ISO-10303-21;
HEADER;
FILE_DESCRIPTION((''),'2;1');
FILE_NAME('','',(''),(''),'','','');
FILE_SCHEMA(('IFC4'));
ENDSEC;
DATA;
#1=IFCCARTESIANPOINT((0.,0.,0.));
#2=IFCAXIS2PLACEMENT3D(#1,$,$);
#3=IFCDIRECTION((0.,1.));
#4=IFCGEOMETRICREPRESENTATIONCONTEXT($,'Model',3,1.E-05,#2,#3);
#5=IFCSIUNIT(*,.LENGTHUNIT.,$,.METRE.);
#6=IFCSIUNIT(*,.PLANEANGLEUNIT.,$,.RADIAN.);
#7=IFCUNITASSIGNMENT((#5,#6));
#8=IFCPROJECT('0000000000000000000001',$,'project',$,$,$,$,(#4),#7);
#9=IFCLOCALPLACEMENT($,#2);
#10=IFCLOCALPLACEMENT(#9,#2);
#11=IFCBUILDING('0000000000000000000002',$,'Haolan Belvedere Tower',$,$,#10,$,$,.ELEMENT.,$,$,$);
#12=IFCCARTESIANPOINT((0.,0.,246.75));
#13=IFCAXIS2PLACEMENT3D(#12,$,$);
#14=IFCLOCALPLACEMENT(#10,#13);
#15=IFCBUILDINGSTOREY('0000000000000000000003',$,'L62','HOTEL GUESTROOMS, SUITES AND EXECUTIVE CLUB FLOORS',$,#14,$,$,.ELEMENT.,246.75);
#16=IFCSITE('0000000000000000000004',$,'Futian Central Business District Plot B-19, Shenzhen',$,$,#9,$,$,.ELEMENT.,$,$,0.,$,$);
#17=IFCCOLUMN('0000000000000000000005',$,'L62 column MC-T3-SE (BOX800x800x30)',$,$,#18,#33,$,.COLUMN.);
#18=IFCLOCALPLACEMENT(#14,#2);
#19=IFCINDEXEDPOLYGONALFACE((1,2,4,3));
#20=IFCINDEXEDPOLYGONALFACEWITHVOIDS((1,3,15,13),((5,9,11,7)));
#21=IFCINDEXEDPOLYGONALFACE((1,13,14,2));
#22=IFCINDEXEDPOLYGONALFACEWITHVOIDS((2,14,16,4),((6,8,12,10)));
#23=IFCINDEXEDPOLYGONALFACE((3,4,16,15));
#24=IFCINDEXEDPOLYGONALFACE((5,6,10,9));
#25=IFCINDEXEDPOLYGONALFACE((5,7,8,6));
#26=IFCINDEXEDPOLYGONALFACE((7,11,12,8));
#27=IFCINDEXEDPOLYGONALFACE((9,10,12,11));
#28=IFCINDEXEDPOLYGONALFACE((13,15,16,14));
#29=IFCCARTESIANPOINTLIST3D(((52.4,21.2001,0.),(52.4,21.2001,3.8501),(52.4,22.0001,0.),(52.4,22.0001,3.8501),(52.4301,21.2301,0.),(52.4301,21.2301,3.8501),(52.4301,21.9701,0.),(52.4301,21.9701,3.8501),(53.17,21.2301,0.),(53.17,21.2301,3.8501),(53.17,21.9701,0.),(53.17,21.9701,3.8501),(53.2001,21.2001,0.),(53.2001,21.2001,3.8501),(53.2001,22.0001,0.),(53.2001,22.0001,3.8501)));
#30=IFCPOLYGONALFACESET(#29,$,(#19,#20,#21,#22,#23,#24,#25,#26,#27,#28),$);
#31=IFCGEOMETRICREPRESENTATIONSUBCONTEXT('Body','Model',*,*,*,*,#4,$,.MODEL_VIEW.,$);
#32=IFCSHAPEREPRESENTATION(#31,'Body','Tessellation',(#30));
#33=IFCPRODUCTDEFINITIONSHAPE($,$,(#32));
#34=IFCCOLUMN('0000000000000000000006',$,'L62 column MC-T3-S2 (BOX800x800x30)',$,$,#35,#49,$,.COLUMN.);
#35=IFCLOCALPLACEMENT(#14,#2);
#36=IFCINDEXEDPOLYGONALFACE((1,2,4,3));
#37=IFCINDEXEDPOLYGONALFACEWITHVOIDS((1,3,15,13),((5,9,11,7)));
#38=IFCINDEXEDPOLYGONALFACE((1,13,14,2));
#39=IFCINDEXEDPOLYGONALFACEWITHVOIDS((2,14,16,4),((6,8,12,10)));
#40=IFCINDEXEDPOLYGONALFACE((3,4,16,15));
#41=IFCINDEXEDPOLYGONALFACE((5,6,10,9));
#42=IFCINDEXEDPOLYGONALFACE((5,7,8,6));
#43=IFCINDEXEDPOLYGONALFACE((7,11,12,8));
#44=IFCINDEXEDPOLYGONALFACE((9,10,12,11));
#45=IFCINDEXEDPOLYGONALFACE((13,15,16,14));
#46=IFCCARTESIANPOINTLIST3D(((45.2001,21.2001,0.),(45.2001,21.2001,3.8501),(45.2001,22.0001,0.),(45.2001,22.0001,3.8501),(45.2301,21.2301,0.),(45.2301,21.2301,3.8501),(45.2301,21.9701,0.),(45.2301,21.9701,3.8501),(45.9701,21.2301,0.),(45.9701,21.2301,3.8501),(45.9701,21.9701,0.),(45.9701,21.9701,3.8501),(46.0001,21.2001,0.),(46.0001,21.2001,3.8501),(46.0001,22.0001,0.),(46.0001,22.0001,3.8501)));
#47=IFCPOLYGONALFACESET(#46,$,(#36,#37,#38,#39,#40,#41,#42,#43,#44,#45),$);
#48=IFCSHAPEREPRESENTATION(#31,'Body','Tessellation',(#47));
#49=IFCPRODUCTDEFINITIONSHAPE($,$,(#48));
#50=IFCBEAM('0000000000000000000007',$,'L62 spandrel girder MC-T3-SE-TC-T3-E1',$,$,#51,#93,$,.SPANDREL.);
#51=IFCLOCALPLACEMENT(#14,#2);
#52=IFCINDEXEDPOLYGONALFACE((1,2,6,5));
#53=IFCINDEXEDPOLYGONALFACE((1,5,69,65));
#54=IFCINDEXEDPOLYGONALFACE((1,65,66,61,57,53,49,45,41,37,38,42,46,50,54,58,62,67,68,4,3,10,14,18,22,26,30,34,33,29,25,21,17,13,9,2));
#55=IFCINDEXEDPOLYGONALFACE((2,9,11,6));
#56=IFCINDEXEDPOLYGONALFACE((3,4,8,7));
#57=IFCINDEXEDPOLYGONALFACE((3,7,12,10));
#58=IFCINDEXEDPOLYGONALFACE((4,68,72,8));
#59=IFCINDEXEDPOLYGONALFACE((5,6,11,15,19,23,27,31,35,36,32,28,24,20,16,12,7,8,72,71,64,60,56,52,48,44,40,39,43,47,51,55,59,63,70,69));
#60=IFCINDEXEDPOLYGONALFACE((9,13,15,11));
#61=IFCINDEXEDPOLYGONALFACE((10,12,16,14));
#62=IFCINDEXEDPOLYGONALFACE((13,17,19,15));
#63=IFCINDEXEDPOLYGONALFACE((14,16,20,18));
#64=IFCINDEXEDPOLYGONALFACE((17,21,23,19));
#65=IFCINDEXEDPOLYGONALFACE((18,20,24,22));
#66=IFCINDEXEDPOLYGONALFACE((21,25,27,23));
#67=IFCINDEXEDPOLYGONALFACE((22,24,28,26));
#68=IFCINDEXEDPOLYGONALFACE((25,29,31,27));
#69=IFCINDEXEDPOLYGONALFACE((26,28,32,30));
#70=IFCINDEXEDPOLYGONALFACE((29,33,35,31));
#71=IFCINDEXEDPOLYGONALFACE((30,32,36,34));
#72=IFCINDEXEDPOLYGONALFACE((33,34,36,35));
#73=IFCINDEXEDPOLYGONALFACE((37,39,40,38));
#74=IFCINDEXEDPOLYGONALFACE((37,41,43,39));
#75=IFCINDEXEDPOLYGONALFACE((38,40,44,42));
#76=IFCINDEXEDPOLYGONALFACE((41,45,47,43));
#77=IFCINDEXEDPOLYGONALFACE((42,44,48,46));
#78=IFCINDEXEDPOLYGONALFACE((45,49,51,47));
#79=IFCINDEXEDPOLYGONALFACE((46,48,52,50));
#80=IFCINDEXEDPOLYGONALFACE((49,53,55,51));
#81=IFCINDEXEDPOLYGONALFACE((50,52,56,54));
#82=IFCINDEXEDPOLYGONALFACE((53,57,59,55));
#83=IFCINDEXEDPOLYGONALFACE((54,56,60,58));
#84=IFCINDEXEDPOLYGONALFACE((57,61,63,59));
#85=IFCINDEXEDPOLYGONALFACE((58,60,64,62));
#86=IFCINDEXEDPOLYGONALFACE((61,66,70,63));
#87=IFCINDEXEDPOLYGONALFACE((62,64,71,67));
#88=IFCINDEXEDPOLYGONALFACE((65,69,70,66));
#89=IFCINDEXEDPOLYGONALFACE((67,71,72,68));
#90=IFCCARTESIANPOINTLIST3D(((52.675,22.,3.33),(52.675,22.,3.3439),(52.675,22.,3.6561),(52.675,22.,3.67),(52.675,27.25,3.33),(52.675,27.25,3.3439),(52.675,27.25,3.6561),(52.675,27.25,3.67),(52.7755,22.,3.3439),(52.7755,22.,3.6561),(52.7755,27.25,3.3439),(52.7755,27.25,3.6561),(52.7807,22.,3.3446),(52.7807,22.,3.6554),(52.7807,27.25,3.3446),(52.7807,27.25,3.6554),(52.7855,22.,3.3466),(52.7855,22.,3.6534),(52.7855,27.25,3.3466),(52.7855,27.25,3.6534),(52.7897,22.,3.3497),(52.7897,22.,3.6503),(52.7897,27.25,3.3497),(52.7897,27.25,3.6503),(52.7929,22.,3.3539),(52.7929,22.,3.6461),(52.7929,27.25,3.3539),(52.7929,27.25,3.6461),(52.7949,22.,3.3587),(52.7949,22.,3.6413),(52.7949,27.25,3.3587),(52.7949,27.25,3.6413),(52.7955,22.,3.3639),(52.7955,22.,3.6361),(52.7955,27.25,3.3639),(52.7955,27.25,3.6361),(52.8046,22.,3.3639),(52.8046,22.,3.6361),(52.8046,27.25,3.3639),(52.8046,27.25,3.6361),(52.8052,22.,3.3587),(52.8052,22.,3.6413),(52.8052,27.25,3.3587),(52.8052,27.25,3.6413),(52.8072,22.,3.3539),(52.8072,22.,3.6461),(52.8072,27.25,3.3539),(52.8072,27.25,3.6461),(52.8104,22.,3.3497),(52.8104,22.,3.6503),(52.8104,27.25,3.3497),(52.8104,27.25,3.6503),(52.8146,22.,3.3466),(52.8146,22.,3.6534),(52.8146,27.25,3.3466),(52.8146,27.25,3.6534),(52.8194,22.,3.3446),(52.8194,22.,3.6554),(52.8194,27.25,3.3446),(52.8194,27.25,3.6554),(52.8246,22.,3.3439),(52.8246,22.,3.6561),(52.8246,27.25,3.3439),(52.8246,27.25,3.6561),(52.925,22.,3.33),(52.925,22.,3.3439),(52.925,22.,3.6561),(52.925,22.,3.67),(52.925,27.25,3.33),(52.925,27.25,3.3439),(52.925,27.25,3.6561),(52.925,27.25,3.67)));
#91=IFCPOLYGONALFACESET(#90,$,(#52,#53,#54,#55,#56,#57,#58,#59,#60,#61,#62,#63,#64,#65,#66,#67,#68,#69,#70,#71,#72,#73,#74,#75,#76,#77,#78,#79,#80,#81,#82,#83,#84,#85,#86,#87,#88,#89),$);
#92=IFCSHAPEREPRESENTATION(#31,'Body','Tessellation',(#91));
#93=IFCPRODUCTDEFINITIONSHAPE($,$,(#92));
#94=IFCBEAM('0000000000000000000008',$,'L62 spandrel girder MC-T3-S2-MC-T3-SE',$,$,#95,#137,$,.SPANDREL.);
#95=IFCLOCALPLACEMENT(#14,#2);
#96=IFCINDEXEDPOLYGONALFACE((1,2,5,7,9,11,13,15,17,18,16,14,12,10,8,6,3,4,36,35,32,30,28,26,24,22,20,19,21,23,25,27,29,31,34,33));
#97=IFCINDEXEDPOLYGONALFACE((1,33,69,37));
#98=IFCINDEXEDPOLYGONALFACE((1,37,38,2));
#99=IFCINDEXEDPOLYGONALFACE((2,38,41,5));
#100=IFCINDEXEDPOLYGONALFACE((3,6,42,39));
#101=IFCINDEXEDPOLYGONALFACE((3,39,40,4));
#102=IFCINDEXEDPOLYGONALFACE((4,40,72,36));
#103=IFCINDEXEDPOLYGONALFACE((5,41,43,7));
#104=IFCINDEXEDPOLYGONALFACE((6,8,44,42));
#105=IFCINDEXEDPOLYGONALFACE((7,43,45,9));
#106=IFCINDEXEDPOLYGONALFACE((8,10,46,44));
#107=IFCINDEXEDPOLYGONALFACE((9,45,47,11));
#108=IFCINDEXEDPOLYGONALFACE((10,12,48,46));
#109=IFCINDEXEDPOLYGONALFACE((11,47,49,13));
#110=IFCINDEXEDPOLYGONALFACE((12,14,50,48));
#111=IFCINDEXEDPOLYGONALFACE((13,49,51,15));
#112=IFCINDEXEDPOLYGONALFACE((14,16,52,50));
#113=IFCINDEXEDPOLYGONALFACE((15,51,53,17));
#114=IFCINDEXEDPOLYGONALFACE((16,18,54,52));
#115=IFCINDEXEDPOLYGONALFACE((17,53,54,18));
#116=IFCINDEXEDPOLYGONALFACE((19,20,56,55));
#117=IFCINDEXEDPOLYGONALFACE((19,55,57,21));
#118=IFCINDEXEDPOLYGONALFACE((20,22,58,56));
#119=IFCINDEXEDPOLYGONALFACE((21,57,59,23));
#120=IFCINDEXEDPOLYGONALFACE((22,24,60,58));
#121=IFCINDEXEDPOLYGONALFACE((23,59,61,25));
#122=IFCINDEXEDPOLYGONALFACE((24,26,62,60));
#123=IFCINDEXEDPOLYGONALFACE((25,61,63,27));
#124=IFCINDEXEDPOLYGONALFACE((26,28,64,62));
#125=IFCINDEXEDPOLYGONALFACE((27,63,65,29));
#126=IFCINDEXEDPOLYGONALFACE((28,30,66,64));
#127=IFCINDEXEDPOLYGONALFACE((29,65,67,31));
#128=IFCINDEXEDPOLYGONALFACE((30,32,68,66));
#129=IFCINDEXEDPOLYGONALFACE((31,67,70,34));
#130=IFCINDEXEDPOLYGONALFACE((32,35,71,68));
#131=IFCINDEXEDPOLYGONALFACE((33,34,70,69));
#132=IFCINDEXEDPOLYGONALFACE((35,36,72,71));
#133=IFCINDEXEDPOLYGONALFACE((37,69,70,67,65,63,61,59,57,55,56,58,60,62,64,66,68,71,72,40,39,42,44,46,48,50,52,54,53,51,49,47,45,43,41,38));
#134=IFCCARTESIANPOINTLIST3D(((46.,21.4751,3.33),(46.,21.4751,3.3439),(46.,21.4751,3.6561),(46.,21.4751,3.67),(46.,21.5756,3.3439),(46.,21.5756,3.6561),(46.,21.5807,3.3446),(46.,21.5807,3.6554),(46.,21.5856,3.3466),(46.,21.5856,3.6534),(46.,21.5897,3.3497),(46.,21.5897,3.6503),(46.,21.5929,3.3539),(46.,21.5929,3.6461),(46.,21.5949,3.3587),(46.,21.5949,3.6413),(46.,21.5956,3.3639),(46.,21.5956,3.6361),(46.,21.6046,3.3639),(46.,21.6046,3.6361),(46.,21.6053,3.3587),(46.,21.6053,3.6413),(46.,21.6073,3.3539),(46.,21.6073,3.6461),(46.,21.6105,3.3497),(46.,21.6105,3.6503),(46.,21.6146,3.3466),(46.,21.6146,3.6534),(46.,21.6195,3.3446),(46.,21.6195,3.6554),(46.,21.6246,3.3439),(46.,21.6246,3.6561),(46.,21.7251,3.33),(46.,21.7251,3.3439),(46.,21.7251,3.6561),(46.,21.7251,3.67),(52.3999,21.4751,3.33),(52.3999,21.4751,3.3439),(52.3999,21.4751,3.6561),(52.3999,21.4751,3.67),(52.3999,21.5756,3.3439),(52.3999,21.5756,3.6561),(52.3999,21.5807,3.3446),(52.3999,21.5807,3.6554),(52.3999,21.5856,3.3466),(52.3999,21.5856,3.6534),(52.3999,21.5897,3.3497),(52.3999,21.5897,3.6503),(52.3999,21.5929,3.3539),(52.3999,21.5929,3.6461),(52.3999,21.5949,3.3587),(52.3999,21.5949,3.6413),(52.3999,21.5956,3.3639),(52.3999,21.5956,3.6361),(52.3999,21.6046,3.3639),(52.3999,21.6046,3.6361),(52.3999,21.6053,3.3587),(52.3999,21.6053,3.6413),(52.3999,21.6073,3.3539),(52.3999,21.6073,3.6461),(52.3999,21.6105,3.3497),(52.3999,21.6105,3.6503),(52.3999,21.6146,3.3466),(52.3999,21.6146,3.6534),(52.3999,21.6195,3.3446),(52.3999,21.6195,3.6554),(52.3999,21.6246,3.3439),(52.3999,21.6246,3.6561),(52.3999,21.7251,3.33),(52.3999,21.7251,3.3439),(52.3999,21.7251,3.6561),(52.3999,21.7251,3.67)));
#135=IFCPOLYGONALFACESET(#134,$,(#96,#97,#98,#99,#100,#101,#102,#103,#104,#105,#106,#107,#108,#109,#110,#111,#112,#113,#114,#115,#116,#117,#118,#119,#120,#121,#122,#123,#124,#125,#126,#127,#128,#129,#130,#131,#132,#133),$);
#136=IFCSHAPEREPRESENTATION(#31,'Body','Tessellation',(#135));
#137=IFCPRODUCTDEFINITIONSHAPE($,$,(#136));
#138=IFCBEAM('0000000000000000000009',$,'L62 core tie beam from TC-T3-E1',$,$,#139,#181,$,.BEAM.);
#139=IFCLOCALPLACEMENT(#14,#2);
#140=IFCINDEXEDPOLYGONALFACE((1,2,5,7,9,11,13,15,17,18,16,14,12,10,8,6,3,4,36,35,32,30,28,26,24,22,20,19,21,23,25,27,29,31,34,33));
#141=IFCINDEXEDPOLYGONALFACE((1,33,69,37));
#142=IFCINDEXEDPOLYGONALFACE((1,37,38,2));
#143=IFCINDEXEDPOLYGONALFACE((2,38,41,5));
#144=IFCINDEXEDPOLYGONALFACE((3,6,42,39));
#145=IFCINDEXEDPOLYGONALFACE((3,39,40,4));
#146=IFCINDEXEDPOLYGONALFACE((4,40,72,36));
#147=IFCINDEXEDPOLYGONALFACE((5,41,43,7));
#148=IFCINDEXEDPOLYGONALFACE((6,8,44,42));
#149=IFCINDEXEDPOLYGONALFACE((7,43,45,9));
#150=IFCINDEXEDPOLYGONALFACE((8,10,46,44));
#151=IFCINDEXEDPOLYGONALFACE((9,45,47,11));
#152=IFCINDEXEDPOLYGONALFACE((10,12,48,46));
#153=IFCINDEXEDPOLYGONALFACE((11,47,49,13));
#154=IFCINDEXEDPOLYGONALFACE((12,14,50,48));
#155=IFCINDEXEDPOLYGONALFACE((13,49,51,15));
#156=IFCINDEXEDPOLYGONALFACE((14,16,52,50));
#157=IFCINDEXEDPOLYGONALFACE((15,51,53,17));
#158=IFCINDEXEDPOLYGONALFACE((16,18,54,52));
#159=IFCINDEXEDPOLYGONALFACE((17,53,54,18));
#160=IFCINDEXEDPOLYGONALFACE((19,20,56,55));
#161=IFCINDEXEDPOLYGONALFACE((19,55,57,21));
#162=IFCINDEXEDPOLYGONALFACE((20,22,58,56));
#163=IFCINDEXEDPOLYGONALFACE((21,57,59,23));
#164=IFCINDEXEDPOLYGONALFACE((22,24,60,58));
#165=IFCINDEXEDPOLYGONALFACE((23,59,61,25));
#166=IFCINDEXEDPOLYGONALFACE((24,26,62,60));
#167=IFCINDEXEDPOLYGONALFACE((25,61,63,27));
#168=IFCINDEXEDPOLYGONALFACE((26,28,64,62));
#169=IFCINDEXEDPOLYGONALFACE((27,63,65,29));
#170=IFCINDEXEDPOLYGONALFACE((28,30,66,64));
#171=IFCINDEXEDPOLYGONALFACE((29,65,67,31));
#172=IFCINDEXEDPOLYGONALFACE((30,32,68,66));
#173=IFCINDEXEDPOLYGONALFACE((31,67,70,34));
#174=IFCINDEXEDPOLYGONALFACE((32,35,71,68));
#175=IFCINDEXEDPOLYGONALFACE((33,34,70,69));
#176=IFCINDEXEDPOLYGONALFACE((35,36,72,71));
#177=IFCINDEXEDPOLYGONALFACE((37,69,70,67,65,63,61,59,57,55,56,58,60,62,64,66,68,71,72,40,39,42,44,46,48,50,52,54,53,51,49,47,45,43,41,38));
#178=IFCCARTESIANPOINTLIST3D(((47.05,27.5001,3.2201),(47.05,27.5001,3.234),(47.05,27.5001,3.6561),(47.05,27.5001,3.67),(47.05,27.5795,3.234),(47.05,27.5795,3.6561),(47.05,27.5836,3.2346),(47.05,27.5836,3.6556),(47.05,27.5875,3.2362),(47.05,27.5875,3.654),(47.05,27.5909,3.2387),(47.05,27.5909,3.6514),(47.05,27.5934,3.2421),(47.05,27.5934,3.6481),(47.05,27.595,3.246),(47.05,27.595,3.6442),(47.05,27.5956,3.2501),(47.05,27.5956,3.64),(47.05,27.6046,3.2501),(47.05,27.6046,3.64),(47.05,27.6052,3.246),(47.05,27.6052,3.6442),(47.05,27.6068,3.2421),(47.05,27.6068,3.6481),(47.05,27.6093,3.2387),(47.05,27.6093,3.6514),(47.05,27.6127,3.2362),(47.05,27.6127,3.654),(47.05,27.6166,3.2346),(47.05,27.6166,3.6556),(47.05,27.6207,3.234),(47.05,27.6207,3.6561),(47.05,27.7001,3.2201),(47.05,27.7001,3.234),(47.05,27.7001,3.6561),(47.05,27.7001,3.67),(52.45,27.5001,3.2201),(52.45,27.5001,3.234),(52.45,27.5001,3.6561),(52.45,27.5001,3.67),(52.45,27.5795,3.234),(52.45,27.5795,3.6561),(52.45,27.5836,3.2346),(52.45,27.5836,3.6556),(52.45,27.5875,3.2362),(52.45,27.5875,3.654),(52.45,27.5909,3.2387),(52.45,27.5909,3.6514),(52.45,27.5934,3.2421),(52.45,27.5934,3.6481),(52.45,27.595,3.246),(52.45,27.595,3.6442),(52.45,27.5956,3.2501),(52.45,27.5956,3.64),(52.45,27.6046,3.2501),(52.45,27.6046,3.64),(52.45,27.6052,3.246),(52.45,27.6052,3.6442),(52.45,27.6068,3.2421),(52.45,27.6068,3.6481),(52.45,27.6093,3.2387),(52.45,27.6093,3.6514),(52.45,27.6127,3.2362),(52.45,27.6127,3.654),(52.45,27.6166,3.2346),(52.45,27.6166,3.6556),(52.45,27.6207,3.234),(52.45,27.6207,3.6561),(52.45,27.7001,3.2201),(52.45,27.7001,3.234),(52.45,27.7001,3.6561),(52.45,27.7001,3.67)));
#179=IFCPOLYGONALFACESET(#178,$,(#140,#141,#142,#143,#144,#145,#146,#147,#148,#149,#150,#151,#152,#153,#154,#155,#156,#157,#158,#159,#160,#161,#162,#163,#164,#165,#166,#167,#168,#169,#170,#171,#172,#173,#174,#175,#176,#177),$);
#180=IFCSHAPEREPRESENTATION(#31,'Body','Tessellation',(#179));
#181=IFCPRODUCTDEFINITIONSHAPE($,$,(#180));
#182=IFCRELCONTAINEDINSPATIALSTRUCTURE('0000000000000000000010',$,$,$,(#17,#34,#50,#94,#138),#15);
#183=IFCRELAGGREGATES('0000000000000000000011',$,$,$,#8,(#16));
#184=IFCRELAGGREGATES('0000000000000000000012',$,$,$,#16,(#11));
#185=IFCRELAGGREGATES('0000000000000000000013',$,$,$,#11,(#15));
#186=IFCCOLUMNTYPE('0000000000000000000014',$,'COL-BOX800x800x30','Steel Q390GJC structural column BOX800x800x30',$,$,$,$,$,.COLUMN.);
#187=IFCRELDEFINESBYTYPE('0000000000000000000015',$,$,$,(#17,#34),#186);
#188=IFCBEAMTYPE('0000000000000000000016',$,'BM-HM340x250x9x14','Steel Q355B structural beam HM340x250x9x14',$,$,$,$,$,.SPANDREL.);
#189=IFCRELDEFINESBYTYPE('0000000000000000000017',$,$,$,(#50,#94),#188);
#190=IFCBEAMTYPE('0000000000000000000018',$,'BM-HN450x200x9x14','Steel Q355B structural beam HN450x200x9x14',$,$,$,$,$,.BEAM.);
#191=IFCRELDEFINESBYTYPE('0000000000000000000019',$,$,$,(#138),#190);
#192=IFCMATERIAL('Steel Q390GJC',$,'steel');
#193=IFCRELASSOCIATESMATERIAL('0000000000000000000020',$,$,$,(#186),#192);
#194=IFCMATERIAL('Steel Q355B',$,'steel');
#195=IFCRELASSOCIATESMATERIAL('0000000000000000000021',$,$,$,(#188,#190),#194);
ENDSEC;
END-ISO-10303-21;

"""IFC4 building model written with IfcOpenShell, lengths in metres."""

from ifc_helpers import new_model, si_unit, direction, frame, origin, origin_2d, place, context, subcontext, project, spatial, hollow_rectangle, i_section, extrude, material, material_profile, profile_set, type_object, element, save


model = new_model("IFC4")

# Units and contexts
model_context = context("Model", 3, precision=1e-05, world=origin(), true_north=direction((0.0, 1.0)))
body_context = subcontext(model_context, "Body", "Model", "MODEL_VIEW")
ifc_project = project(units=[si_unit("LENGTHUNIT", "METRE"), si_unit("PLANEANGLEUNIT", "RADIAN")], contexts=[model_context])

# Site, building, storey
site_placement = place(None, origin())
site = spatial("IfcSite", under=ifc_project, at=site_placement, Name="Futian Central Business District Plot B-19, Shenzhen", CompositionType="ELEMENT", RefElevation=0.0)
building_placement = place(site_placement, origin())
building = spatial("IfcBuilding", under=site, at=building_placement, Name="Haolan Belvedere Tower", CompositionType="ELEMENT")
storey_placement = place(building_placement, frame((0.0, 0.0, 246.75)))
storey = spatial("IfcBuildingStorey", under=building, at=storey_placement, Name="L62", Description="HOTEL GUESTROOMS, SUITES AND EXECUTIVE CLUB FLOORS", CompositionType="ELEMENT", Elevation=246.75)

# Columns
ifc_material_1 = material(Name="Steel Q390GJC", Category="steel")
ifc_material_profile_1 = material_profile(ifc_material_1, hollow_rectangle(XDim=0.8, YDim=0.8, WallThickness=0.03, at=origin_2d()), Name="Steel Q390GJC")
ifc_profile_set_1 = profile_set([ifc_material_profile_1], Name="Steel Q390GJC")
column_type = type_object("IfcColumnType", Name="COL-BOX800x800x30", Description="Steel Q390GJC structural column BOX800x800x30", PredefinedType="COLUMN", material=ifc_profile_set_1)
for number, where, z_axis, x_axis, name in (
    (1, (52.8, 21.6001, 0.0), (0.0, 0.0, 1.0), (1.0, 0.0, 0.0), "L62 column MC-T3-SE (BOX800x800x30)"),
    (2, (45.6001, 21.6001, 0.0), (0.0, 0.0, 1.0), (1.0, 0.0, 0.0), "L62 column MC-T3-S2 (BOX800x800x30)"),
):
    element("IfcColumn", number, at=place(storey_placement, frame(where, z_axis=z_axis, x_axis=x_axis)), inside=storey, type_object=column_type, Name=name, PredefinedType="COLUMN", context=body_context, shape_type="SweptSolid", body=[
        extrude(hollow_rectangle(XDim=0.8, YDim=0.8, WallThickness=0.03, at=origin_2d()), origin(), (0.0, 0.0, 1.0), 3.8501),
    ])

# Beams
ifc_material_2 = material(Name="Steel Q355B", Category="steel")
ifc_material_profile_2 = material_profile(ifc_material_2, i_section(OverallWidth=0.25, OverallDepth=0.3401, WebThickness=0.009, FlangeThickness=0.0139, FilletRadius=0.02, at=origin_2d()), Name="Steel Q355B")
ifc_profile_set_2 = profile_set([ifc_material_profile_2], Name="Steel Q355B")
beam_type_1 = type_object("IfcBeamType", Name="BM-HM340x250x9x14", Description="Steel Q355B structural beam HM340x250x9x14", PredefinedType="SPANDREL", material=ifc_profile_set_2)
beam_1_placement = place(storey_placement, frame((52.8, 22.0, 3.5), z_axis=(0.0, 1.0, 0.0), x_axis=(-1.0, 0.0, 0.0)))
element("IfcBeam", 3, at=beam_1_placement, inside=storey, type_object=beam_type_1, Name="L62 spandrel girder MC-T3-SE-TC-T3-E1", PredefinedType="SPANDREL", context=body_context, shape_type="SweptSolid", body=[
    extrude(i_section(OverallWidth=0.25, OverallDepth=0.3401, WebThickness=0.009, FlangeThickness=0.0139, FilletRadius=0.02, at=origin_2d()), origin(), (0.0, 0.0, 1.0), 5.25),
])
beam_2_placement = place(storey_placement, frame((46.0, 21.6001, 3.5), z_axis=(1.0, 0.0, 0.0), x_axis=(0.0, 1.0, 0.0)))
element("IfcBeam", 4, at=beam_2_placement, inside=storey, type_object=beam_type_1, Name="L62 spandrel girder MC-T3-S2-MC-T3-SE", PredefinedType="SPANDREL", context=body_context, shape_type="SweptSolid", body=[
    extrude(i_section(OverallWidth=0.25, OverallDepth=0.3401, WebThickness=0.009, FlangeThickness=0.0139, FilletRadius=0.02, at=origin_2d()), origin(), (0.0, 0.0, 1.0), 6.3999),
])
ifc_material_profile_3 = material_profile(ifc_material_2, i_section(OverallWidth=0.2, OverallDepth=0.45, WebThickness=0.009, FlangeThickness=0.0139, FilletRadius=0.0161, at=origin_2d()), Name="Steel Q355B")
ifc_profile_set_3 = profile_set([ifc_material_profile_3], Name="Steel Q355B")
beam_type_2 = type_object("IfcBeamType", Name="BM-HN450x200x9x14", Description="Steel Q355B structural beam HN450x200x9x14", PredefinedType="BEAM", material=ifc_profile_set_3)
beam_3_placement = place(storey_placement, frame((52.45, 27.6001, 3.4451), z_axis=(-1.0, 0.0, 0.0), x_axis=(0.0, -1.0, 0.0)))
element("IfcBeam", 5, at=beam_3_placement, inside=storey, type_object=beam_type_2, Name="L62 core tie beam from TC-T3-E1", PredefinedType="BEAM", context=body_context, shape_type="SweptSolid", body=[
    extrude(i_section(OverallWidth=0.2, OverallDepth=0.45, WebThickness=0.009, FlangeThickness=0.0139, FilletRadius=0.0161, at=origin_2d()), origin(), (0.0, 0.0, 1.0), 5.3999),
])

save(model, "model.ifc")
